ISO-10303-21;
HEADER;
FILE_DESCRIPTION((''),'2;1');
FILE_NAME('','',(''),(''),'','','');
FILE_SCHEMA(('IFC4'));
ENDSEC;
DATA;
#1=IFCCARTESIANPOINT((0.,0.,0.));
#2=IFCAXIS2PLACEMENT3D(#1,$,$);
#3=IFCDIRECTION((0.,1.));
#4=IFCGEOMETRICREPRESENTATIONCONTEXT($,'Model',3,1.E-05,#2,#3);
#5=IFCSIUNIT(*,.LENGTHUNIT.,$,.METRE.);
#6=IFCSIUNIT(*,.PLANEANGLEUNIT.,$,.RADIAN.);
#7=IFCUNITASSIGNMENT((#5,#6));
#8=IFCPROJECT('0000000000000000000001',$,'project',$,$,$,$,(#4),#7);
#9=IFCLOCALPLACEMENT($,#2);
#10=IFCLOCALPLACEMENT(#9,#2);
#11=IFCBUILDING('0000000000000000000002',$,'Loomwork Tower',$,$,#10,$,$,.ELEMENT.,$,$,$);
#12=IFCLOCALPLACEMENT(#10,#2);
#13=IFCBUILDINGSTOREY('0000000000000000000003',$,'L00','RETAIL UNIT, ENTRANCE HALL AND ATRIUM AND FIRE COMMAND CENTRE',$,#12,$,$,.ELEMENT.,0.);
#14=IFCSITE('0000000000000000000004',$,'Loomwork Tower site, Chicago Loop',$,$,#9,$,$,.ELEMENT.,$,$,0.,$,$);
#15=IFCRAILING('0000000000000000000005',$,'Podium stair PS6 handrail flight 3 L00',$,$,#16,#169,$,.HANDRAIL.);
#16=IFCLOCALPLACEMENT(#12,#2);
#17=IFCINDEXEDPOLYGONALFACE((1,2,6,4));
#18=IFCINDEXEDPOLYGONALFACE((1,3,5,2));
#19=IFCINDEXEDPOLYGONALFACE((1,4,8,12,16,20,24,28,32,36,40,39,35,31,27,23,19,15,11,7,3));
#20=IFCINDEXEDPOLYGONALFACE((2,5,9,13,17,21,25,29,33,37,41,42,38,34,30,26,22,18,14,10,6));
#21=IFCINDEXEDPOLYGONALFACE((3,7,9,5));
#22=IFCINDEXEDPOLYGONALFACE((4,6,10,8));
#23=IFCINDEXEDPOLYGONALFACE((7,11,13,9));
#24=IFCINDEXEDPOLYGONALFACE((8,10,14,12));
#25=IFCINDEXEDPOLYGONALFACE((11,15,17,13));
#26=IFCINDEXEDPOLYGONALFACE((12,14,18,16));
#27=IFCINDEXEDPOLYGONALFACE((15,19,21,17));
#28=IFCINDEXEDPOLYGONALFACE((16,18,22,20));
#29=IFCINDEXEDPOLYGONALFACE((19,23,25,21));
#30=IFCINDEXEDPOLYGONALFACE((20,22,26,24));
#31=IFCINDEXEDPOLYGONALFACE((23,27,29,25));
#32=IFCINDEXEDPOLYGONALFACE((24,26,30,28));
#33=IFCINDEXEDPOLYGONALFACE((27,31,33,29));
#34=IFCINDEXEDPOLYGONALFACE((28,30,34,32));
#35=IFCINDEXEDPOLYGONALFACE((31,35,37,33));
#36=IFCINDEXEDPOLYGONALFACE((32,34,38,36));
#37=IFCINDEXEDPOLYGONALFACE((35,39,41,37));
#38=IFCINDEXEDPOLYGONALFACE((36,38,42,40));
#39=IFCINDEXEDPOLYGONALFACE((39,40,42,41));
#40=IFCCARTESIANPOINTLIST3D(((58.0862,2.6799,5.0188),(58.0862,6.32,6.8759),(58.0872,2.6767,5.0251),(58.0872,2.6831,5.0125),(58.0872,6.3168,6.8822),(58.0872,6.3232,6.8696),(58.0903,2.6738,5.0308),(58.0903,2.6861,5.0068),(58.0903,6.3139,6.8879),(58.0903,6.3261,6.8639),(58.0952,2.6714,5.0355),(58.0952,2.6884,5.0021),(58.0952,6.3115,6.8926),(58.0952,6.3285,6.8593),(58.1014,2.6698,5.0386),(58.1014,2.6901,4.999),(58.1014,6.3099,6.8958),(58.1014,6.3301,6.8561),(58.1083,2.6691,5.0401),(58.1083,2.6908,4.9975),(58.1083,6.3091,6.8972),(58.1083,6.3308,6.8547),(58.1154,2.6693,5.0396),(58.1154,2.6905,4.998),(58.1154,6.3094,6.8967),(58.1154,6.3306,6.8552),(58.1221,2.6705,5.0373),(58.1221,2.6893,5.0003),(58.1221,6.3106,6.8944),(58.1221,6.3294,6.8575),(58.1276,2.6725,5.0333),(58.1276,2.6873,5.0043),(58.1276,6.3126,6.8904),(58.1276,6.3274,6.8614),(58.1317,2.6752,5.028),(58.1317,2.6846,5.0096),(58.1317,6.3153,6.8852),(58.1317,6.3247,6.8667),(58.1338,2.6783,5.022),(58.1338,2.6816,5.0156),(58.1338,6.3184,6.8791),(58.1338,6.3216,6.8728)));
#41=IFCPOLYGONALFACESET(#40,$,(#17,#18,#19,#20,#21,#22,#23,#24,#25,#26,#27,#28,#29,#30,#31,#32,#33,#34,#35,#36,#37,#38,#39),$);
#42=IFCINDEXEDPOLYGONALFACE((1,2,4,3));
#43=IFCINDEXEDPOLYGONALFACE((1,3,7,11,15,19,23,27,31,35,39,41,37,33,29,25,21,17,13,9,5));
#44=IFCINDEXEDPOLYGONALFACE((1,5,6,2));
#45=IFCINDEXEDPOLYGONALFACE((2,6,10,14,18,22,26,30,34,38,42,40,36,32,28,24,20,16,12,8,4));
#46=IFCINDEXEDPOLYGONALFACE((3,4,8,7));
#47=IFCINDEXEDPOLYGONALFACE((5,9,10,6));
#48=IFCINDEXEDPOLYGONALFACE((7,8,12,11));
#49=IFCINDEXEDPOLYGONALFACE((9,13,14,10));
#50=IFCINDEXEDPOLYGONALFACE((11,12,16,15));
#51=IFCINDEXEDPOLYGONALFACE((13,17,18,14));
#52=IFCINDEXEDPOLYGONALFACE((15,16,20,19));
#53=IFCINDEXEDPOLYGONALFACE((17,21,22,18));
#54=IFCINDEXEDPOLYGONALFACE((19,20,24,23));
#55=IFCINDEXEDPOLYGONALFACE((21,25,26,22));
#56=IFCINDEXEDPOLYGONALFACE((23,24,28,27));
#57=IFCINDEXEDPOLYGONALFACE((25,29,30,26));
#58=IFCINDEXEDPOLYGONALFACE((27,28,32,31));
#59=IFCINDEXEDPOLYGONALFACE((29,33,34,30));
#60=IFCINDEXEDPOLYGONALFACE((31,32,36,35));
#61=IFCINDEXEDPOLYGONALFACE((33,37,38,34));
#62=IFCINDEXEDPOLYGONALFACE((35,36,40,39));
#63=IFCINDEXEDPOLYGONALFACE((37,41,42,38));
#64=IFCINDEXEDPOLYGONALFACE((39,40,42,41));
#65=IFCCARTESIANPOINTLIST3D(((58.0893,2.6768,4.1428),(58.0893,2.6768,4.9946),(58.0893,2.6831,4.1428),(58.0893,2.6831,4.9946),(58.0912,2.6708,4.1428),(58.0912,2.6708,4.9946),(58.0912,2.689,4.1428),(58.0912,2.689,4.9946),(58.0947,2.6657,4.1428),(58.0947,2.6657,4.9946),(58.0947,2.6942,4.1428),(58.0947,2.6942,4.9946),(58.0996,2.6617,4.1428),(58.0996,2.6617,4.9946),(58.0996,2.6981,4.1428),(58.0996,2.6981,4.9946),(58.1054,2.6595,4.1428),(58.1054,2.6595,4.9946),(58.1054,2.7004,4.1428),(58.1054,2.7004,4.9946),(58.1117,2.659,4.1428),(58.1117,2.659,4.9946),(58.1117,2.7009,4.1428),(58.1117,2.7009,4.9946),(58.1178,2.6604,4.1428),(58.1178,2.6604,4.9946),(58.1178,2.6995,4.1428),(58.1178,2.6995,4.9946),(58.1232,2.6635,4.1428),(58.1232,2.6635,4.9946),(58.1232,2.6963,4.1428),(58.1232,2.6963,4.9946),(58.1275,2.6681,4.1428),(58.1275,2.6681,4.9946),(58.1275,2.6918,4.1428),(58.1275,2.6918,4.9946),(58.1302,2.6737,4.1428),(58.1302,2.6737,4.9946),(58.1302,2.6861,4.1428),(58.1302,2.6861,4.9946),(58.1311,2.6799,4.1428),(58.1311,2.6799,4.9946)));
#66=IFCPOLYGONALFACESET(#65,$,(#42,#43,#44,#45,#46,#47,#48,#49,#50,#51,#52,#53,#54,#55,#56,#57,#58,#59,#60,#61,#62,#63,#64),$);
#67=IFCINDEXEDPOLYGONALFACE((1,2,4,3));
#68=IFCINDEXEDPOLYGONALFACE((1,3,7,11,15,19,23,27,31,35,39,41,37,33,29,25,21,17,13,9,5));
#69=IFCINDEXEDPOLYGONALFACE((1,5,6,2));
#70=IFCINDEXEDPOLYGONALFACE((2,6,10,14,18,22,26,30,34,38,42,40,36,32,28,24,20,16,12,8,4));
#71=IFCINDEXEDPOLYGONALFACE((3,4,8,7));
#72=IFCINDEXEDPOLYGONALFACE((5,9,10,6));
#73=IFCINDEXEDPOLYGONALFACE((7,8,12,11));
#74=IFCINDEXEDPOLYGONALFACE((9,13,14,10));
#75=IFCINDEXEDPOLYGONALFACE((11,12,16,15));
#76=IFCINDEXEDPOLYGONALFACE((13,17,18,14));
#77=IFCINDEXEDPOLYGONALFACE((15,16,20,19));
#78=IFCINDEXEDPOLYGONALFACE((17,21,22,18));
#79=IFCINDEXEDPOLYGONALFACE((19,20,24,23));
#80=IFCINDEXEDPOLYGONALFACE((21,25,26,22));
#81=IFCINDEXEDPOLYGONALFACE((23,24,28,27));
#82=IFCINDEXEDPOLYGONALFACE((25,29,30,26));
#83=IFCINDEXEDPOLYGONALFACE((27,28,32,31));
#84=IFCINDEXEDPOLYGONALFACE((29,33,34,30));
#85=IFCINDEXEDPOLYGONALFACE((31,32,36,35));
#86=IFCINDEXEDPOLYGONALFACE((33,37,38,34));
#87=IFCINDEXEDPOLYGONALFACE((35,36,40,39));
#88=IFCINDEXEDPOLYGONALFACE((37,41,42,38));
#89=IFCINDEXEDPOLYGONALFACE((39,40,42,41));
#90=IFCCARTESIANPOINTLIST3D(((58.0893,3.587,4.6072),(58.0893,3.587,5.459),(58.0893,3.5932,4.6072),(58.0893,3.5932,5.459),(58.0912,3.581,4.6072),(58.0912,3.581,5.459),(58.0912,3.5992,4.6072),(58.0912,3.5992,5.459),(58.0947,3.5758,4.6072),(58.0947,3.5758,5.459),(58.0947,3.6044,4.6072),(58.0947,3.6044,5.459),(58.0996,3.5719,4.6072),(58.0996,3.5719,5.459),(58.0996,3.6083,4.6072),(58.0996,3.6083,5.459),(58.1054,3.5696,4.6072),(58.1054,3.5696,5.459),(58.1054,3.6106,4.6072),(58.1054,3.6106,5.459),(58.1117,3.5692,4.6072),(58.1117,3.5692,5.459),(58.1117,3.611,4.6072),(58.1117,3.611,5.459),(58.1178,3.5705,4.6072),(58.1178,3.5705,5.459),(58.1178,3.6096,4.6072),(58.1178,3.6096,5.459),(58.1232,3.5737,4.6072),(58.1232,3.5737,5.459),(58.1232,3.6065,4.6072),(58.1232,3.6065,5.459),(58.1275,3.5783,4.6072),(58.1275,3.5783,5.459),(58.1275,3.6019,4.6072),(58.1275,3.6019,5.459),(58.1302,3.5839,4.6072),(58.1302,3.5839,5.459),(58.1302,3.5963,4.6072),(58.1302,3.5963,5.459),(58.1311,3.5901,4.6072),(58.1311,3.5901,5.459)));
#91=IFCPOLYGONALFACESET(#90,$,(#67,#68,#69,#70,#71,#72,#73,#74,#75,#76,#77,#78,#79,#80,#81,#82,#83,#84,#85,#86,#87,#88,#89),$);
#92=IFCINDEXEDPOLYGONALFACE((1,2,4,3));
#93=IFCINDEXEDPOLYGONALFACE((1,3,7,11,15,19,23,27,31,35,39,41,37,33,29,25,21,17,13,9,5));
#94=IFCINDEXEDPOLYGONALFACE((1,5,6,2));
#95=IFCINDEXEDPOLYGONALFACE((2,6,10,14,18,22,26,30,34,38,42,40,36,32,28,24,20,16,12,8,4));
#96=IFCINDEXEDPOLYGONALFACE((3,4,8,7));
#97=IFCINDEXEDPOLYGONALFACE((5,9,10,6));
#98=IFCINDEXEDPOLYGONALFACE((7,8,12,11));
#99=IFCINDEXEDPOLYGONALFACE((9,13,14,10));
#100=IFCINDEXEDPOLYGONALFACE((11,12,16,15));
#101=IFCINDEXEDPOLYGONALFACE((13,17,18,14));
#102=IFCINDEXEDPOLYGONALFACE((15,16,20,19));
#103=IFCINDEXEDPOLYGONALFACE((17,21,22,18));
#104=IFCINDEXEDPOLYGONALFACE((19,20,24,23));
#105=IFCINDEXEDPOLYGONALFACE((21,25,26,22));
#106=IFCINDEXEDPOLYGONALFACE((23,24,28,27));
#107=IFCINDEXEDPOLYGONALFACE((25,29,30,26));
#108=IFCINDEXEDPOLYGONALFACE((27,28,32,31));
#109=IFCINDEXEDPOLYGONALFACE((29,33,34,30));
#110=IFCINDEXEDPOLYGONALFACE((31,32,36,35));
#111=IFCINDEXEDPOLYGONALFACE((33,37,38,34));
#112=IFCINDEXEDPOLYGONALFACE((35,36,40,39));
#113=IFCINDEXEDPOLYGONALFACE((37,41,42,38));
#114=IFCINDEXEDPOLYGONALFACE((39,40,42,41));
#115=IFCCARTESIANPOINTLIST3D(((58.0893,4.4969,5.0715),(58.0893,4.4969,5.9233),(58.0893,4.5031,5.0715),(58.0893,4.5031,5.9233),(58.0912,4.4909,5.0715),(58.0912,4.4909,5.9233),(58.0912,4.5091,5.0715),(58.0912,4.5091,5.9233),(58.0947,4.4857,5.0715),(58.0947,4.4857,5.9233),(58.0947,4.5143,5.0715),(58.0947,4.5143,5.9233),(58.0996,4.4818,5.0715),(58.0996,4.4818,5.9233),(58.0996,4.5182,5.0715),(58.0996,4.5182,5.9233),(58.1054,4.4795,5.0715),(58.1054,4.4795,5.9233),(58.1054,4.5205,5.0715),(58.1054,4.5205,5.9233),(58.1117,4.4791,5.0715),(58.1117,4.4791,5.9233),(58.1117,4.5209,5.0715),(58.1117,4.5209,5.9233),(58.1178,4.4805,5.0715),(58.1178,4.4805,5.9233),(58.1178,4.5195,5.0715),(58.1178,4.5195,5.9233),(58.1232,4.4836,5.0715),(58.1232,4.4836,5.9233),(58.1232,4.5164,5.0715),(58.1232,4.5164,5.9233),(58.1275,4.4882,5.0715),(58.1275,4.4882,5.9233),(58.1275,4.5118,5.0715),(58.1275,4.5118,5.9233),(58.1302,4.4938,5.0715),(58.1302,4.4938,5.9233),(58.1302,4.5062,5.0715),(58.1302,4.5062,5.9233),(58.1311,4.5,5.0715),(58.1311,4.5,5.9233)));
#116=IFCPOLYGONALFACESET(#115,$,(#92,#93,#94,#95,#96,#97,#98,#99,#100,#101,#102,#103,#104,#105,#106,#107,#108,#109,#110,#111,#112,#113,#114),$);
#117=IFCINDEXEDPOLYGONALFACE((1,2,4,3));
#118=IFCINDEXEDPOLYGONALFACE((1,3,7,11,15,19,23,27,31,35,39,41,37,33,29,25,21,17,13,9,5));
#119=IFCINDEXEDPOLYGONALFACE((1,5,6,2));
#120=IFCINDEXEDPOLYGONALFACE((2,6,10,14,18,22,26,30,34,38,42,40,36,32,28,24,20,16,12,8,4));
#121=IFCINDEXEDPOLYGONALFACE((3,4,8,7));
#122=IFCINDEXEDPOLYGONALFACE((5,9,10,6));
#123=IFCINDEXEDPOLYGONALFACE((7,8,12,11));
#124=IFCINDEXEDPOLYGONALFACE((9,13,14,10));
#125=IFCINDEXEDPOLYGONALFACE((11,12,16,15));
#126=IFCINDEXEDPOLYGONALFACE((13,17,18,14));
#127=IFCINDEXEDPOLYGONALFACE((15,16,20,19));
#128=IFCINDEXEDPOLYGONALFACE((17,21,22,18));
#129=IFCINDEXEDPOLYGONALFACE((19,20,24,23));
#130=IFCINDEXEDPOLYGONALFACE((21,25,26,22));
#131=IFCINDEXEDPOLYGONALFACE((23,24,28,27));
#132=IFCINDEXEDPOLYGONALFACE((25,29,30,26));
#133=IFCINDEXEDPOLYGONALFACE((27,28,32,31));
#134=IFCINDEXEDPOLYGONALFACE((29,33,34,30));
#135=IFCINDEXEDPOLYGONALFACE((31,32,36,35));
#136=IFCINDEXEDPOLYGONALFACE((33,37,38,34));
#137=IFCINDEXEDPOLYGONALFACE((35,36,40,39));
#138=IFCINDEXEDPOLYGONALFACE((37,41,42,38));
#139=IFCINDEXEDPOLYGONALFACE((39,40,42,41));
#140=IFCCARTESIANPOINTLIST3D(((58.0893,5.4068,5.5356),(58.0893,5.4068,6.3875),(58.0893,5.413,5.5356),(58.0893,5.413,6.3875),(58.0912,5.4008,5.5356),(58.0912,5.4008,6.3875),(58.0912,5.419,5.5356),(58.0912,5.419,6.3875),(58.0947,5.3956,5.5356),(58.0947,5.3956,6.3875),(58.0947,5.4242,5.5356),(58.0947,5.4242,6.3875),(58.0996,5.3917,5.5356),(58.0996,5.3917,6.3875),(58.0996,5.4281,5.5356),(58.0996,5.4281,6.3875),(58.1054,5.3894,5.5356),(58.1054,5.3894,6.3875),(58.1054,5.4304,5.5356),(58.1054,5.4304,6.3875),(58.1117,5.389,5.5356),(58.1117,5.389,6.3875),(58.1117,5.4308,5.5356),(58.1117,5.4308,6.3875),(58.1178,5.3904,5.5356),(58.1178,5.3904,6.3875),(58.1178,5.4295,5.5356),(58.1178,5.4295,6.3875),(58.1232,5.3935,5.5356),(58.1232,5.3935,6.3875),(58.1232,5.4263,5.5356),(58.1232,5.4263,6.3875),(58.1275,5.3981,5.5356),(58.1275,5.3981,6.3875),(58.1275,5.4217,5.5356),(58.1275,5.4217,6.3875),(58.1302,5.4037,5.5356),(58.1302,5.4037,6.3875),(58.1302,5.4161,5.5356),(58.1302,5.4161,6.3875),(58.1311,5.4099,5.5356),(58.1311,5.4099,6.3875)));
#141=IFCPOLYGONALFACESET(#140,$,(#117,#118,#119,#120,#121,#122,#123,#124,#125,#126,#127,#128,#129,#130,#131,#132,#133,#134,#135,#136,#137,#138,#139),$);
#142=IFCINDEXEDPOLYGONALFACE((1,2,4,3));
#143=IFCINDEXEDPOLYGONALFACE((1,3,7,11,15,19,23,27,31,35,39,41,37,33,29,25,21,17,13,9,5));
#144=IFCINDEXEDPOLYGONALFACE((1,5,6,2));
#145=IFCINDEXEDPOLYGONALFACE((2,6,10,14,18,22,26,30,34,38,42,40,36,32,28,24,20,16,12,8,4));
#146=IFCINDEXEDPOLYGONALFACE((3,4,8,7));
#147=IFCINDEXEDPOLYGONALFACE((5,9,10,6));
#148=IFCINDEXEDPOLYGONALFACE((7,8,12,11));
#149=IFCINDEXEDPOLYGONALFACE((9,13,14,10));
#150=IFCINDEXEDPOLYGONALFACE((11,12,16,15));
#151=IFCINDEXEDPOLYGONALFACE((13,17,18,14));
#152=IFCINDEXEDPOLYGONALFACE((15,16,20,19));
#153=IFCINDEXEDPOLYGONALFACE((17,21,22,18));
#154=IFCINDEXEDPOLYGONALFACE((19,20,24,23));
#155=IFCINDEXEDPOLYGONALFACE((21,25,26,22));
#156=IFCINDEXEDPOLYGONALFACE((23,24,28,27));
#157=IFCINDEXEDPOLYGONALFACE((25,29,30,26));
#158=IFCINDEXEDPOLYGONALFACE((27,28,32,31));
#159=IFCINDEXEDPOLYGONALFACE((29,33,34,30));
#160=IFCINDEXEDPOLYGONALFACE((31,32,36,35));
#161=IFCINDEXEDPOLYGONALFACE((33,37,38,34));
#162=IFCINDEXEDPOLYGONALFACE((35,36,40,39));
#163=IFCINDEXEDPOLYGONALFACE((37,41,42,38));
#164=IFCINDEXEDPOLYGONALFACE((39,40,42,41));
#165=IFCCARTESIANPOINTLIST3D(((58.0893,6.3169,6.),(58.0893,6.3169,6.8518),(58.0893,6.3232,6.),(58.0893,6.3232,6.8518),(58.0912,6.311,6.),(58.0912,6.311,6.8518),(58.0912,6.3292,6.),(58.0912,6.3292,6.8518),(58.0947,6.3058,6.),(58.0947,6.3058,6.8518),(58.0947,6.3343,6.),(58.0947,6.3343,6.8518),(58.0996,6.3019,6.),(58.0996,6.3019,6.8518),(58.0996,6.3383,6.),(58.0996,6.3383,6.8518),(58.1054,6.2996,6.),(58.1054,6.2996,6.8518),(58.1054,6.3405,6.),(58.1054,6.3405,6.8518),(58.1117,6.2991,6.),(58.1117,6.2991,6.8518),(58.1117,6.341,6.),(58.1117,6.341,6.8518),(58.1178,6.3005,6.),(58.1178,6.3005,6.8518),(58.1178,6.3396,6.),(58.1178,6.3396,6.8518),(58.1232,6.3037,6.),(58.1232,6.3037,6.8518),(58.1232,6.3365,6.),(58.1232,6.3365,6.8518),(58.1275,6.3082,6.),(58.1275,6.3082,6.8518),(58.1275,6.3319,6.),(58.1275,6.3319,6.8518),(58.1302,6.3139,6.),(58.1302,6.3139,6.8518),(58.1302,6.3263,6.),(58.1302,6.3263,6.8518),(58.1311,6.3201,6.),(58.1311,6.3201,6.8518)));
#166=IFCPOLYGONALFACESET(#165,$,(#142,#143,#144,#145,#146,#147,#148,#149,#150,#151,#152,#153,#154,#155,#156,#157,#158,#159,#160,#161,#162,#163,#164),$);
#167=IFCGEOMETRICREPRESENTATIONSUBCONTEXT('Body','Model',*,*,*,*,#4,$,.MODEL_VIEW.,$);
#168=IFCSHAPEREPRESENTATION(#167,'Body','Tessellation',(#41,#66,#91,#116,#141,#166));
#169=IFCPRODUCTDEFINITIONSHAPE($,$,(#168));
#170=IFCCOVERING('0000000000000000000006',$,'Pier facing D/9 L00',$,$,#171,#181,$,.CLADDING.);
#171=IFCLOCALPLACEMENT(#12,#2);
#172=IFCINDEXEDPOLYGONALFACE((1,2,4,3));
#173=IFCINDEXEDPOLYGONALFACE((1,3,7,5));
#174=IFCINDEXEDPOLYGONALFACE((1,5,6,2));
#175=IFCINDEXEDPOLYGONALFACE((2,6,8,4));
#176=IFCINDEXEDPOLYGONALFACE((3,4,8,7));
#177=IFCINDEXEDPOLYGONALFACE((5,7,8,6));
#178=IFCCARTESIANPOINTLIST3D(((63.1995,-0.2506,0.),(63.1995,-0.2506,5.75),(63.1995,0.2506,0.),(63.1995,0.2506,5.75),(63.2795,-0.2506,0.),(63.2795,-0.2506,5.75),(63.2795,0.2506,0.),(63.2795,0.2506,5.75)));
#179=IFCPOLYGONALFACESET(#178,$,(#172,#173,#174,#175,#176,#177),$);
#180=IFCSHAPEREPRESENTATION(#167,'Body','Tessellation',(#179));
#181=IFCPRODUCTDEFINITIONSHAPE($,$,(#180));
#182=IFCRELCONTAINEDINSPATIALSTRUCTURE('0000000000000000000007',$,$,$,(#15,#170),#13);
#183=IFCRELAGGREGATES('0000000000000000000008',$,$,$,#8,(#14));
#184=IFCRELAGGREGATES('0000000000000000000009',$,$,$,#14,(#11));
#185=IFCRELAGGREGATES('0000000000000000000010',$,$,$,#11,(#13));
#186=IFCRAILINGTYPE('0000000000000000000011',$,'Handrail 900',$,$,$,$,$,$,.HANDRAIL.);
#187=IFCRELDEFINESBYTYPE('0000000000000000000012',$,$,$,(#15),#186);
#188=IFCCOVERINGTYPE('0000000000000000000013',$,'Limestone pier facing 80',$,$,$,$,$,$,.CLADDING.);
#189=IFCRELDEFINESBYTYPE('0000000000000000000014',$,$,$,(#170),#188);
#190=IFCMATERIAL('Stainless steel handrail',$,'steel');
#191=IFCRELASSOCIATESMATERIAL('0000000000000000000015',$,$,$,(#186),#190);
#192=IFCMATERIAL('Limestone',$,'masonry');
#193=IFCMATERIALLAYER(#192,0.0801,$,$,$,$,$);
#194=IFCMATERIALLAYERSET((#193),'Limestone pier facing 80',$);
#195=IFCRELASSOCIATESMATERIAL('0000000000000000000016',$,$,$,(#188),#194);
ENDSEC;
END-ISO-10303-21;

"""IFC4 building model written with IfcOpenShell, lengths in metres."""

from ifc_helpers import new_model, si_unit, direction, frame, origin, origin_2d, place, context, subcontext, project, spatial, rectangle, circle, extrude, material, layer, layer_set, type_object, element, save


model = new_model("IFC4")

# Units and contexts
model_context = context("Model", 3, precision=1e-05, world=origin(), true_north=direction((0.0, 1.0)))
body_context = subcontext(model_context, "Body", "Model", "MODEL_VIEW")
ifc_project = project(units=[si_unit("LENGTHUNIT", "METRE"), si_unit("PLANEANGLEUNIT", "RADIAN")], contexts=[model_context])

# Site, building, storey
site_placement = place(None, origin())
site = spatial("IfcSite", under=ifc_project, at=site_placement, Name="Loomwork Tower site, Chicago Loop", CompositionType="ELEMENT", RefElevation=0.0)
building_placement = place(site_placement, origin())
building = spatial("IfcBuilding", under=site, at=building_placement, Name="Loomwork Tower", CompositionType="ELEMENT")
storey_placement = place(building_placement, origin())
storey = spatial("IfcBuildingStorey", under=building, at=storey_placement, Name="L00", Description="RETAIL UNIT, ENTRANCE HALL AND ATRIUM AND FIRE COMMAND CENTRE", CompositionType="ELEMENT", Elevation=0.0)

# Railing
ifc_material_1 = material(Name="Stainless steel handrail", Category="steel")
railing_type = type_object("IfcRailingType", Name="Handrail 900", PredefinedType="HANDRAIL", material=ifc_material_1)
railing_1_placement = place(storey_placement, frame((58.1101, 2.6799, 4.1428)))
element("IfcRailing", 1, at=railing_1_placement, inside=storey, type_object=railing_type, Name="Podium stair PS6 handrail flight 3 L00", PredefinedType="HANDRAIL", context=body_context, shape_type="SweptSolid", body=[
    extrude(circle(Radius=0.0239, at=origin_2d()), frame((0.0, 0.0, 0.876), z_axis=(0.0, 0.890765, 0.454464), x_axis=(-1.0, 0.0, 0.0)), (0.0, 0.0, 1.0), 4.0864),
    extrude(circle(Radius=0.021, at=origin_2d()), origin(), (0.0, 0.0, 1.0), 0.8518),
    extrude(circle(Radius=0.021, at=origin_2d()), frame((0.0, 0.9102, 0.4644)), (0.0, 0.0, 1.0), 0.8518),
    extrude(circle(Radius=0.021, at=origin_2d()), frame((0.0, 1.8201, 0.9287)), (0.0, 0.0, 1.0), 0.8518),
    extrude(circle(Radius=0.021, at=origin_2d()), frame((0.0, 2.73, 1.3928)), (0.0, 0.0, 1.0), 0.8518),
    extrude(circle(Radius=0.021, at=origin_2d()), frame((0.0, 3.6401, 1.8572)), (0.0, 0.0, 1.0), 0.8518),
])

# Covering
ifc_material_2 = material(Name="Limestone", Category="masonry")
ifc_layer_1 = layer(ifc_material_2, 0.0801)
ifc_layer_set_1 = layer_set([ifc_layer_1], Name="Limestone pier facing 80")
covering_type_1 = type_object("IfcCoveringType", Name="Limestone pier facing 80", PredefinedType="CLADDING", material=ifc_layer_set_1)
covering_1_placement = place(storey_placement, frame((63.2395, 0.0, 0.0), z_axis=(0.0, 0.0, 1.0), x_axis=(1.0, 0.0, 0.0)))
element("IfcCovering", 2, at=covering_1_placement, inside=storey, type_object=covering_type_1, Name="Pier facing D/9 L00", PredefinedType="CLADDING", context=body_context, shape_type="SweptSolid", body=[
    extrude(rectangle(XDim=0.0801, YDim=0.5012, at=origin_2d()), origin(), (0.0, 0.0, 1.0), 5.75),
])

save(model, "model.ifc")
